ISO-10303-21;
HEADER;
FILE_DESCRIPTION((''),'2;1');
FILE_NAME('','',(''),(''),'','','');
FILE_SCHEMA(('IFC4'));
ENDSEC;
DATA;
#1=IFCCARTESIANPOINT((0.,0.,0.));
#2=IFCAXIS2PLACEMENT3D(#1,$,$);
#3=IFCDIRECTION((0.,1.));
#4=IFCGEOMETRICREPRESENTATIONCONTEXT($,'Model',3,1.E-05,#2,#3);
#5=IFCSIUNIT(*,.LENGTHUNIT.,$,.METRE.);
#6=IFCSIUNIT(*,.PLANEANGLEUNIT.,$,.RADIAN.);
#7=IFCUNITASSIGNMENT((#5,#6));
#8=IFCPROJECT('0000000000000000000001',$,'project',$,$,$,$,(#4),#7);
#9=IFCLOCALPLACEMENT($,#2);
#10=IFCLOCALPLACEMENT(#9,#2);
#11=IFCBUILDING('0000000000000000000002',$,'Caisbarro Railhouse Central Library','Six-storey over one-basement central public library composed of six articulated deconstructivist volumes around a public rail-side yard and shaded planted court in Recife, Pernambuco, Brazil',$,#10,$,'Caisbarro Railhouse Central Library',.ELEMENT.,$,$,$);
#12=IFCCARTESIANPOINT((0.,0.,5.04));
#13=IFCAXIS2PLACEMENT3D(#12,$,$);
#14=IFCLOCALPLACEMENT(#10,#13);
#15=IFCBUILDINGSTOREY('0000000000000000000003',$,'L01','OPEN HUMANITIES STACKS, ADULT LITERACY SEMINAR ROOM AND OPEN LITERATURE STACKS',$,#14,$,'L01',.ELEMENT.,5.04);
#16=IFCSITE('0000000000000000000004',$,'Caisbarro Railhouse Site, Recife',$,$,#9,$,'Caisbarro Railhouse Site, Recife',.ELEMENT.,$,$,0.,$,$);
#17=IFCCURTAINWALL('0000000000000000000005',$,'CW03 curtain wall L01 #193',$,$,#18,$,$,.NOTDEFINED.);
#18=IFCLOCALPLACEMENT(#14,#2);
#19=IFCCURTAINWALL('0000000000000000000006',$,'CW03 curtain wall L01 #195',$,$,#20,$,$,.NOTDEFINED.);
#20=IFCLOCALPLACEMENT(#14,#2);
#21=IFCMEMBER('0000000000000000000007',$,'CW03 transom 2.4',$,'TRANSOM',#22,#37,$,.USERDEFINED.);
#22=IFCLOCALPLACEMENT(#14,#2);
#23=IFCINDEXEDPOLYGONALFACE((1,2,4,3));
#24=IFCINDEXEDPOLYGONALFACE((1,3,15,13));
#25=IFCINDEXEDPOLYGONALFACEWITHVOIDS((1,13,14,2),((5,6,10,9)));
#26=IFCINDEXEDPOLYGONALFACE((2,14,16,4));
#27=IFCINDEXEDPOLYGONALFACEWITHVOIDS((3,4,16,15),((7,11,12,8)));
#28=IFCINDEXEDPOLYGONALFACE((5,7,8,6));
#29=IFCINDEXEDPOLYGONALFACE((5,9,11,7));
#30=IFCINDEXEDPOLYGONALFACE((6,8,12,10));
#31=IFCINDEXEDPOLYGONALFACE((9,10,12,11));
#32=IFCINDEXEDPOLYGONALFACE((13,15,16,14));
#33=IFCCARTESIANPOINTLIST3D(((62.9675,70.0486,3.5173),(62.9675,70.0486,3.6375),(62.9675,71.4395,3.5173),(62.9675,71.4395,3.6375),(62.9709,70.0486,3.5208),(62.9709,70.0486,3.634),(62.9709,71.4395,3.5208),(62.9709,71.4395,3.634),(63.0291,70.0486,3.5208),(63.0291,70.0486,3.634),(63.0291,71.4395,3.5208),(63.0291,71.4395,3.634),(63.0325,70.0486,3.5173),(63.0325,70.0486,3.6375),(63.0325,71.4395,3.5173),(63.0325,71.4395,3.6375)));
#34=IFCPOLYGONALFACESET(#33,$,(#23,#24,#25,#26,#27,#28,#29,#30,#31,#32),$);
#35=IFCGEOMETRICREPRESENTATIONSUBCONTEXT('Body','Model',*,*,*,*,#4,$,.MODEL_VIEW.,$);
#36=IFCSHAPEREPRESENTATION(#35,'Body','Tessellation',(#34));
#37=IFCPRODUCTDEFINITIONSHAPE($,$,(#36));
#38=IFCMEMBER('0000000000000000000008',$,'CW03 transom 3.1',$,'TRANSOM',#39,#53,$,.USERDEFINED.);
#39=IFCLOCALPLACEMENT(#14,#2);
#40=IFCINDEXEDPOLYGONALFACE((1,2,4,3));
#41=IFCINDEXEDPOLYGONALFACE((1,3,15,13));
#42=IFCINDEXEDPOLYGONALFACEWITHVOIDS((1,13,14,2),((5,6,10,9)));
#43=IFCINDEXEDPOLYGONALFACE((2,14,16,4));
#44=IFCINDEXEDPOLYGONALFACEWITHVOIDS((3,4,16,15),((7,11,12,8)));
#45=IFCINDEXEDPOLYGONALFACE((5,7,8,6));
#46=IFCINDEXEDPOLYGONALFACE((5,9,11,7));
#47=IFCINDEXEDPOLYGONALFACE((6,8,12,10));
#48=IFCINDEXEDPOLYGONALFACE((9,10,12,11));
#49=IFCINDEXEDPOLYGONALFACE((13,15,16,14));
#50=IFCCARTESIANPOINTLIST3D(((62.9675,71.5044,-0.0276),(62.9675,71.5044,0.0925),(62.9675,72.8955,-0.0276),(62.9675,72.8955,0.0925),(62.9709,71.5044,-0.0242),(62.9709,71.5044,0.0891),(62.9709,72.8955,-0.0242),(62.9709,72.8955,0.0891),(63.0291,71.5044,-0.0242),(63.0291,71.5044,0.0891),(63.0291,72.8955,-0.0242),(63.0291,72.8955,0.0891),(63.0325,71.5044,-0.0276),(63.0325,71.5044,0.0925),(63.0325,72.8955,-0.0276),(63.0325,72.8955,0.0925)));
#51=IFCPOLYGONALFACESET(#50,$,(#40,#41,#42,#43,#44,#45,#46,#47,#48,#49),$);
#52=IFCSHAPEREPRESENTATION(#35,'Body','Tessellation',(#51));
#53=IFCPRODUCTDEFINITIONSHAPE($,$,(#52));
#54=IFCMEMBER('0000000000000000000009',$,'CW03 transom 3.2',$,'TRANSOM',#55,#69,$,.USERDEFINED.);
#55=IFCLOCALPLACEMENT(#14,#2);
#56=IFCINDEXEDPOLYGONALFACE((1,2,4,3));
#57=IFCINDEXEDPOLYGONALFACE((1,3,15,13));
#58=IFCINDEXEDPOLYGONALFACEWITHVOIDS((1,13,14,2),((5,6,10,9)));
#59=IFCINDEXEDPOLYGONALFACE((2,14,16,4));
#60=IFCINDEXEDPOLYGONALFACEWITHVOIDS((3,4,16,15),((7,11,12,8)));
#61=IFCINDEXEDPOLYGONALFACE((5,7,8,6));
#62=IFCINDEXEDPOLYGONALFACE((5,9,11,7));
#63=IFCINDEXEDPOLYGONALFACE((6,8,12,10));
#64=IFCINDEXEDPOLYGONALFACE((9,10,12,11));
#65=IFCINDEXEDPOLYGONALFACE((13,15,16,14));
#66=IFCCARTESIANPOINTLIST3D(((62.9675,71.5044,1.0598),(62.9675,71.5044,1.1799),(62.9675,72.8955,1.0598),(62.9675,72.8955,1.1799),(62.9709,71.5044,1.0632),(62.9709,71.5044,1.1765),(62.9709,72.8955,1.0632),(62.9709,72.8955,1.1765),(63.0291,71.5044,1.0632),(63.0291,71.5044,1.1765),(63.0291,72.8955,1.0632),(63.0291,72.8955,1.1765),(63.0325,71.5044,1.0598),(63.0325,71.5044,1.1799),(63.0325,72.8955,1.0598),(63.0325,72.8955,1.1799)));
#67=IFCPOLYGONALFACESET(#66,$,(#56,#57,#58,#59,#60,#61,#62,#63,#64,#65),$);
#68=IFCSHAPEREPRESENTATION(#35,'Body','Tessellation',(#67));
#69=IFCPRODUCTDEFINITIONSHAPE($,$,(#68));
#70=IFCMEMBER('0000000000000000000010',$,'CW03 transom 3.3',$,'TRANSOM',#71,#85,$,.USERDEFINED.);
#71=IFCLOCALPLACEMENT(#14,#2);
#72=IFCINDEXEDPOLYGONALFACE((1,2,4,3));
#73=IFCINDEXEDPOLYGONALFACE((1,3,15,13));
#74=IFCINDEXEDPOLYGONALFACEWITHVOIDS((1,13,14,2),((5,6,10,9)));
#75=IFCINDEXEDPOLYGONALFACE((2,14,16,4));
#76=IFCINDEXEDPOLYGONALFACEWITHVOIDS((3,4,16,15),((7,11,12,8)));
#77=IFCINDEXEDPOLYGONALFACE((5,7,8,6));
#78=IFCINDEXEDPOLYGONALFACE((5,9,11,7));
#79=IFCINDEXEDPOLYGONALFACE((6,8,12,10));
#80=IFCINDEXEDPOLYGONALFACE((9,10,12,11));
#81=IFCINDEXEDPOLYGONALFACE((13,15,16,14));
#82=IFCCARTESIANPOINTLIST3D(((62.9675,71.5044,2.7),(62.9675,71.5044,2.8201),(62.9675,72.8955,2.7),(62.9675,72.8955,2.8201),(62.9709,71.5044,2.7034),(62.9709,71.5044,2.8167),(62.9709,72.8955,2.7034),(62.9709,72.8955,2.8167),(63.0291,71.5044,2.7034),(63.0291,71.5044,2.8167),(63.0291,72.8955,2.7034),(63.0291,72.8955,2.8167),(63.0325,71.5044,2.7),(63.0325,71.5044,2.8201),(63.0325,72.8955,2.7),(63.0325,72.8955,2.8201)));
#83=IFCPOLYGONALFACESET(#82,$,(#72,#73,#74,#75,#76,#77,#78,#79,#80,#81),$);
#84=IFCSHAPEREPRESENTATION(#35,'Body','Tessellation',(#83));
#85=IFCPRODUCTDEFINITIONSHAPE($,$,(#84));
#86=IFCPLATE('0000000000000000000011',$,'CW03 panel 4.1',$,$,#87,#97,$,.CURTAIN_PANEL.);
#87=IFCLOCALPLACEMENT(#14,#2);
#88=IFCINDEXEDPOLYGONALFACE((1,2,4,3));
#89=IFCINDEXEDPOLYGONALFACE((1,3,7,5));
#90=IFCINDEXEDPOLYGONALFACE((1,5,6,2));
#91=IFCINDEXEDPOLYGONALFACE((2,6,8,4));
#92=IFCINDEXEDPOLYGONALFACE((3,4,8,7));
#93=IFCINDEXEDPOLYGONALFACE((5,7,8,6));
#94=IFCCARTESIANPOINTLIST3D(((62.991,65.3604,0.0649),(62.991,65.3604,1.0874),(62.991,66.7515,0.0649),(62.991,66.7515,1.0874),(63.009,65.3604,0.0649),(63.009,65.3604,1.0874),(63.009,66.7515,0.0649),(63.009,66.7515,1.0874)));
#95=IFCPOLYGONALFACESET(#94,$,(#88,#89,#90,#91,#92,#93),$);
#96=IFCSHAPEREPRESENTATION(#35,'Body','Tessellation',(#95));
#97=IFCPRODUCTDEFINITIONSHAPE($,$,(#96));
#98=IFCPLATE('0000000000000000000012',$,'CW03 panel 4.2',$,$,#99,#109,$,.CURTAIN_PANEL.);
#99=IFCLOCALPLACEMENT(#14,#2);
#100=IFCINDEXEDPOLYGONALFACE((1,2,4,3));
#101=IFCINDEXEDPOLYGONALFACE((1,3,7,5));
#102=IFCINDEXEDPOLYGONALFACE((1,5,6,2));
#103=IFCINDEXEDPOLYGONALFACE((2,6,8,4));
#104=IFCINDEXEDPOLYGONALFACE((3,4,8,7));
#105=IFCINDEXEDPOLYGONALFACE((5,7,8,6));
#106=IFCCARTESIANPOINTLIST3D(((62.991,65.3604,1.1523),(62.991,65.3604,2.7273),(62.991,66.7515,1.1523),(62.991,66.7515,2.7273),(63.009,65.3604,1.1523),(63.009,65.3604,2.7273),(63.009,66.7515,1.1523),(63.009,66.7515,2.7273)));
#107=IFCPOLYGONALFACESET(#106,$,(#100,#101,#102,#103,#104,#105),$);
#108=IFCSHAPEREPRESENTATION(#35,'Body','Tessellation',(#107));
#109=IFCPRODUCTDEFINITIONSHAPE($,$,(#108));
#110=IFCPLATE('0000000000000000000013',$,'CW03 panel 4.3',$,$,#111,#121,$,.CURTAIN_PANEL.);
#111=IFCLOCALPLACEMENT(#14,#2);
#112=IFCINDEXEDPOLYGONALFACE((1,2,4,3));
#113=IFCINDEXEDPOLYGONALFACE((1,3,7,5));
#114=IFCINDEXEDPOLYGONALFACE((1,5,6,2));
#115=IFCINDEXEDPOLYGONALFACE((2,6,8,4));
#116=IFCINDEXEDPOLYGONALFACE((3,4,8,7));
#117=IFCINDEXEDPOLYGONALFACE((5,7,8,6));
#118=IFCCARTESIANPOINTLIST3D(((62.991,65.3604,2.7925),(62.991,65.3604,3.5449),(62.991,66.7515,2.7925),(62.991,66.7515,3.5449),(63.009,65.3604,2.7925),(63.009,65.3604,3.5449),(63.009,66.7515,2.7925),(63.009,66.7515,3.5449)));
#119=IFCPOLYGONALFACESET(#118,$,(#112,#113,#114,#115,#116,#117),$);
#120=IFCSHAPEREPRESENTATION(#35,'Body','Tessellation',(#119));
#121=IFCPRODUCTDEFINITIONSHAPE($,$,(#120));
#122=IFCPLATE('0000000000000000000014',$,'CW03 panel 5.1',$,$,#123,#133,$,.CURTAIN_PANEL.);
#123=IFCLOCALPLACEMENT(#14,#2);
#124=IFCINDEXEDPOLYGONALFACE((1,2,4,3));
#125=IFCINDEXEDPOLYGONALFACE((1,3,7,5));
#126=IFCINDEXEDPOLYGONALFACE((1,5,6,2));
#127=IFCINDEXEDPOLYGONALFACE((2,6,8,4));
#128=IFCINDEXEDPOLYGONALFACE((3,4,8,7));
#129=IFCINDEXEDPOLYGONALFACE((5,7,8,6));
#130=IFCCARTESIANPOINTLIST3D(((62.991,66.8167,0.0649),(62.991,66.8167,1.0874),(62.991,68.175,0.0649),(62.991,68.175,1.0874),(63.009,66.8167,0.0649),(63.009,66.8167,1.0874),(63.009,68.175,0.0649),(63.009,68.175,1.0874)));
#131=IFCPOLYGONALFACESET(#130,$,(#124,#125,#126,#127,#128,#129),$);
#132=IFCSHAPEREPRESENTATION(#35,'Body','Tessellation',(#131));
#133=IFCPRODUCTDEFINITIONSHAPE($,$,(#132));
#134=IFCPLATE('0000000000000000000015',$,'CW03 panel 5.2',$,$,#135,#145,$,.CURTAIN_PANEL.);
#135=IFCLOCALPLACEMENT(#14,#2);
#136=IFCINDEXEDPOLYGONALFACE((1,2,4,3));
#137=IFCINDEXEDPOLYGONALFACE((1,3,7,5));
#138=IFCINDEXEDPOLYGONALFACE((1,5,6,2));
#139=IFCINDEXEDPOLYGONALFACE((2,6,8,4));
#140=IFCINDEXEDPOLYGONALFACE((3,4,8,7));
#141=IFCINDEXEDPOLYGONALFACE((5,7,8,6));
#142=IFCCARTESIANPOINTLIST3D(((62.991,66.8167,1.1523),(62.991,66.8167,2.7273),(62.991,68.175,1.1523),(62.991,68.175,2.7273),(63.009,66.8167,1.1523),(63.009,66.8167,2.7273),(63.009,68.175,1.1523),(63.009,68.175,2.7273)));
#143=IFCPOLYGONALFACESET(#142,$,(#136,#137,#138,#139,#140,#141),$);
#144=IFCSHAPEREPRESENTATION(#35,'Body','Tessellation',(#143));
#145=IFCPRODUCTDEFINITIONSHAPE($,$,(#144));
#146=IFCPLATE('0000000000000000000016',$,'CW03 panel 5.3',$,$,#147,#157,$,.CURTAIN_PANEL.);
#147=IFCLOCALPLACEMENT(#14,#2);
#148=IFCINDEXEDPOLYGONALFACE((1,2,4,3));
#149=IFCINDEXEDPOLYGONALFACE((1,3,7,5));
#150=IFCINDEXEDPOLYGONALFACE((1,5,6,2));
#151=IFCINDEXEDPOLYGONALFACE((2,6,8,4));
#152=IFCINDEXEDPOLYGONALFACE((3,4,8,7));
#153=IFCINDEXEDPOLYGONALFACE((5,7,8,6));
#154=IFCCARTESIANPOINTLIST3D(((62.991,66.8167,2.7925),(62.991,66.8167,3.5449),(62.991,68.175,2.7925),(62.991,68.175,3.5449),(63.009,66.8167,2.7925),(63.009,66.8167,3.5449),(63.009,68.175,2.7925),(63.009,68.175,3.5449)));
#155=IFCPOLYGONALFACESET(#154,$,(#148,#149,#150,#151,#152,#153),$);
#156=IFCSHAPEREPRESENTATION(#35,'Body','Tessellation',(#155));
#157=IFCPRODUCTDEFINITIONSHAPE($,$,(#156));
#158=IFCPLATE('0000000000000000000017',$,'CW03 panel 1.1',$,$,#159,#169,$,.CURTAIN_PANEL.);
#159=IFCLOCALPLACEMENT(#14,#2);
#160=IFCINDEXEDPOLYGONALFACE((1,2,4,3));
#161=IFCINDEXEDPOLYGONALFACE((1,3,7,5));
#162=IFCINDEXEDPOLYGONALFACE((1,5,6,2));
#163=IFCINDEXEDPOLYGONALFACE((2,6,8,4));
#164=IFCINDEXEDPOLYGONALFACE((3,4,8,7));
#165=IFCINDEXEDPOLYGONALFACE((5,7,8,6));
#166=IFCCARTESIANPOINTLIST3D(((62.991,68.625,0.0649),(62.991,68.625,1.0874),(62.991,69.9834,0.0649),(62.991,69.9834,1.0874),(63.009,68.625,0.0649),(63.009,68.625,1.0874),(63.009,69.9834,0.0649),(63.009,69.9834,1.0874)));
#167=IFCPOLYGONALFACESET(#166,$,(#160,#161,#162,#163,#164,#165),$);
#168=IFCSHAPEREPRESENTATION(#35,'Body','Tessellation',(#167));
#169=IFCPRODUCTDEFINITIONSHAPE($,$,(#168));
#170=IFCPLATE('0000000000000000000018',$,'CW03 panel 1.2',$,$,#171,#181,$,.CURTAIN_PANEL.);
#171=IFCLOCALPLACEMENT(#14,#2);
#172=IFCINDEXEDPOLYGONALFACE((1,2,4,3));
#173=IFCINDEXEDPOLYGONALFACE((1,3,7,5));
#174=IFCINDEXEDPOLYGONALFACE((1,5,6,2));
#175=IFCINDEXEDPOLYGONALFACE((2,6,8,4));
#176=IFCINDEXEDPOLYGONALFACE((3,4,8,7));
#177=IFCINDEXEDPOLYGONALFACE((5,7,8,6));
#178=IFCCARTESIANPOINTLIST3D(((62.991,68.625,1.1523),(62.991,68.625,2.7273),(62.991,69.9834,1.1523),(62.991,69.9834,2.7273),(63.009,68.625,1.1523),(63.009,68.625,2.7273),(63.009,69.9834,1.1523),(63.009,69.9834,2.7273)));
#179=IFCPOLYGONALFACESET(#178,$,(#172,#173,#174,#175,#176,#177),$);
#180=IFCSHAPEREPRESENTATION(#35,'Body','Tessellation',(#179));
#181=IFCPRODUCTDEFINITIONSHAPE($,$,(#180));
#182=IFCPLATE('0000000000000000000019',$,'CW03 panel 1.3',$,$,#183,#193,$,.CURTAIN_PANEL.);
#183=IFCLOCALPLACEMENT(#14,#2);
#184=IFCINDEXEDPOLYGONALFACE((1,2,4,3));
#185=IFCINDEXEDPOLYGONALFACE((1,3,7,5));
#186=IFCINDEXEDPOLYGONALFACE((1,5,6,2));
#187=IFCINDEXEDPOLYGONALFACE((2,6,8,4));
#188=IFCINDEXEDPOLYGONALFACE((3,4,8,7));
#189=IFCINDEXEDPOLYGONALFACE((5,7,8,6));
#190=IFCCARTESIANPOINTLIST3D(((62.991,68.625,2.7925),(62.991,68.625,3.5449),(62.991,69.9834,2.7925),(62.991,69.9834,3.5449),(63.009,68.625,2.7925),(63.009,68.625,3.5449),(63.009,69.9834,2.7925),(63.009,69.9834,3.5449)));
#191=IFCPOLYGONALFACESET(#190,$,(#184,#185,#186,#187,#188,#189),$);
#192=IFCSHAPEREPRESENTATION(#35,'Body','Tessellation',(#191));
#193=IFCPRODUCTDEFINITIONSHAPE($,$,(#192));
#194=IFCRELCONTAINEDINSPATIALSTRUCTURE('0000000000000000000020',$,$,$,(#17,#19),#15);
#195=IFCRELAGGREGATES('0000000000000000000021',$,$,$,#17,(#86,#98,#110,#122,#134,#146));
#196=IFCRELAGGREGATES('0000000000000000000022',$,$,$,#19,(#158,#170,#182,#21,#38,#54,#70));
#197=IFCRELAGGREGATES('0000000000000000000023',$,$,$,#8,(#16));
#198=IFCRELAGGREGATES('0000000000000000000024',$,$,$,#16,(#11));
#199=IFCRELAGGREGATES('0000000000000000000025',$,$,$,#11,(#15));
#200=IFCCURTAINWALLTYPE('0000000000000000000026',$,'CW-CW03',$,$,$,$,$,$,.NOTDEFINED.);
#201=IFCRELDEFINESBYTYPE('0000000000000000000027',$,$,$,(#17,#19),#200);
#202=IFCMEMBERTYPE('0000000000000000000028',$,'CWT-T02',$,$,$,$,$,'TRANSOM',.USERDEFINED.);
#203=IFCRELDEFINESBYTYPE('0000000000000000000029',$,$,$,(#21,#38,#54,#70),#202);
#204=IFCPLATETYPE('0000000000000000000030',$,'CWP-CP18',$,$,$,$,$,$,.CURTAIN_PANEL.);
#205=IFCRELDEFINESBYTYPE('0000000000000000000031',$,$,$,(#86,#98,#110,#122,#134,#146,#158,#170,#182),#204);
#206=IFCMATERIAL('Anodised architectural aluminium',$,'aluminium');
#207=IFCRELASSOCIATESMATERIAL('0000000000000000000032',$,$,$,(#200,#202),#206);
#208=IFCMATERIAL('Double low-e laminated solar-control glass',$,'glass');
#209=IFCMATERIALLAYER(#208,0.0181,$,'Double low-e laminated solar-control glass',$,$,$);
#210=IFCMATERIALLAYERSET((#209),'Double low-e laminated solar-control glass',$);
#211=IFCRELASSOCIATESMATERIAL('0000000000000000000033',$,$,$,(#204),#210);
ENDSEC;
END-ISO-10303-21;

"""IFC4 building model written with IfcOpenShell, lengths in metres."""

from ifc_helpers import new_model, si_unit, direction, frame, origin, origin_2d, place, context, subcontext, project, spatial, rectangle, hollow_rectangle, extrude, material, layer, layer_set, material_profile, profile_set, type_object, element, aggregate, save


model = new_model("IFC4")

# Units and contexts
model_context = context("Model", 3, precision=1e-05, world=origin(), true_north=direction((0.0, 1.0)))
body_context = subcontext(model_context, "Body", "Model", "MODEL_VIEW")
ifc_project = project(units=[si_unit("LENGTHUNIT", "METRE"), si_unit("PLANEANGLEUNIT", "RADIAN")], contexts=[model_context])

# Site, building, storey
site_placement = place(None, origin())
site = spatial("IfcSite", under=ifc_project, at=site_placement, Name="Caisbarro Railhouse Site, Recife", LongName="Caisbarro Railhouse Site, Recife", CompositionType="ELEMENT", RefElevation=0.0)
building_placement = place(site_placement, origin())
building = spatial("IfcBuilding", under=site, at=building_placement, Name="Caisbarro Railhouse Central Library", Description="Six-storey over one-basement central public library composed of six articulated deconstructivist volumes around a public rail-side yard and shaded planted court in Recife, Pernambuco, Brazil", LongName="Caisbarro Railhouse Central Library", CompositionType="ELEMENT")
storey_placement = place(building_placement, frame((0.0, 0.0, 5.04)))
storey = spatial("IfcBuildingStorey", under=building, at=storey_placement, Name="L01", Description="OPEN HUMANITIES STACKS, ADULT LITERACY SEMINAR ROOM AND OPEN LITERATURE STACKS", LongName="L01", CompositionType="ELEMENT", Elevation=5.04)

# Curtain walls
ifc_material_1 = material(Name="Anodised architectural aluminium", Category="aluminium")
curtain_wall_type = type_object("IfcCurtainWallType", Name="CW-CW03", PredefinedType="NOTDEFINED", material=ifc_material_1)
curtain_wall_1_placement = place(storey_placement, origin())
curtain_wall_1 = element("IfcCurtainWall", 1, at=curtain_wall_1_placement, inside=storey, type_object=curtain_wall_type, Name="CW03 curtain wall L01 #193", PredefinedType="NOTDEFINED")
curtain_wall_2_placement = place(storey_placement, origin())
curtain_wall_2 = element("IfcCurtainWall", 2, at=curtain_wall_2_placement, inside=storey, type_object=curtain_wall_type, Name="CW03 curtain wall L01 #195", PredefinedType="NOTDEFINED")

# Members
ifc_material_profile_1 = material_profile(ifc_material_1, hollow_rectangle(XDim=0.0649, YDim=0.1201, WallThickness=0.0034, at=origin_2d()), Name="ALU-TRN-65X120")
ifc_profile_set_1 = profile_set([ifc_material_profile_1], Name="Anodised architectural aluminium")
member_type_1 = type_object("IfcMemberType", Name="CWT-T02", ElementType="TRANSOM", PredefinedType="USERDEFINED", material=ifc_profile_set_1)
member_1_placement = place(storey_placement, frame((63.0, 70.0486, 3.5774), z_axis=(0.0, 1.0, 0.0), x_axis=(-1.0, 0.0, 0.0)))
member_1 = element("IfcMember", 3, at=member_1_placement, type_object=member_type_1, Name="CW03 transom 2.4", ObjectType="TRANSOM", PredefinedType="USERDEFINED", context=body_context, shape_type="SweptSolid", body=[
    extrude(hollow_rectangle(XDim=0.0649, YDim=0.1201, WallThickness=0.0034, at=origin_2d()), origin(), (0.0, 0.0, 1.0), 1.3909),
])
member_2_placement = place(storey_placement, frame((63.0, 71.5044, 0.0325), z_axis=(0.0, 1.0, 0.0), x_axis=(-1.0, 0.0, 0.0)))
member_2 = element("IfcMember", 4, at=member_2_placement, type_object=member_type_1, Name="CW03 transom 3.1", ObjectType="TRANSOM", PredefinedType="USERDEFINED", context=body_context, shape_type="SweptSolid", body=[
    extrude(hollow_rectangle(XDim=0.0649, YDim=0.1201, WallThickness=0.0034, at=origin_2d()), origin(), (0.0, 0.0, 1.0), 1.3911),
])
member_3_placement = place(storey_placement, frame((63.0, 71.5044, 1.1199), z_axis=(0.0, 1.0, 0.0), x_axis=(-1.0, 0.0, 0.0)))
member_3 = element("IfcMember", 5, at=member_3_placement, type_object=member_type_1, Name="CW03 transom 3.2", ObjectType="TRANSOM", PredefinedType="USERDEFINED", context=body_context, shape_type="SweptSolid", body=[
    extrude(hollow_rectangle(XDim=0.0649, YDim=0.1201, WallThickness=0.0034, at=origin_2d()), origin(), (0.0, 0.0, 1.0), 1.3911),
])
member_4_placement = place(storey_placement, frame((63.0, 71.5044, 2.76), z_axis=(0.0, 1.0, 0.0), x_axis=(-1.0, 0.0, 0.0)))
member_4 = element("IfcMember", 6, at=member_4_placement, type_object=member_type_1, Name="CW03 transom 3.3", ObjectType="TRANSOM", PredefinedType="USERDEFINED", context=body_context, shape_type="SweptSolid", body=[
    extrude(hollow_rectangle(XDim=0.0649, YDim=0.1201, WallThickness=0.0034, at=origin_2d()), origin(), (0.0, 0.0, 1.0), 1.3911),
])

# Plates
ifc_material_2 = material(Name="Double low-e laminated solar-control glass", Category="glass")
ifc_layer = layer(ifc_material_2, 0.0181, Name="Double low-e laminated solar-control glass")
ifc_layer_set = layer_set([ifc_layer], Name="Double low-e laminated solar-control glass")
plate_type = type_object("IfcPlateType", Name="CWP-CP18", PredefinedType="CURTAIN_PANEL", material=ifc_layer_set)
plate_1_placement = place(storey_placement, frame((63.0, 66.0559, 0.0649), z_axis=(0.0, 0.0, 1.0), x_axis=(0.0, 1.0, 0.0)))
plate_1 = element("IfcPlate", 7, at=plate_1_placement, type_object=plate_type, Name="CW03 panel 4.1", PredefinedType="CURTAIN_PANEL", context=body_context, shape_type="SweptSolid", body=[
    extrude(rectangle(XDim=1.3911, YDim=0.0181, at=origin_2d()), origin(), (0.0, 0.0, 1.0), 1.0225),
])
plate_2_placement = place(storey_placement, frame((63.0, 66.0559, 1.1523), z_axis=(0.0, 0.0, 1.0), x_axis=(0.0, 1.0, 0.0)))
plate_2 = element("IfcPlate", 8, at=plate_2_placement, type_object=plate_type, Name="CW03 panel 4.2", PredefinedType="CURTAIN_PANEL", context=body_context, shape_type="SweptSolid", body=[
    extrude(rectangle(XDim=1.3911, YDim=0.0181, at=origin_2d()), origin(), (0.0, 0.0, 1.0), 1.575),
])
plate_3_placement = place(storey_placement, frame((63.0, 66.0559, 2.7925), z_axis=(0.0, 0.0, 1.0), x_axis=(0.0, 1.0, 0.0)))
plate_3 = element("IfcPlate", 9, at=plate_3_placement, type_object=plate_type, Name="CW03 panel 4.3", PredefinedType="CURTAIN_PANEL", context=body_context, shape_type="SweptSolid", body=[
    extrude(rectangle(XDim=1.3911, YDim=0.0181, at=origin_2d()), origin(), (0.0, 0.0, 1.0), 0.7524),
])
plate_4_placement = place(storey_placement, frame((63.0, 67.4958, 0.0649), z_axis=(0.0, 0.0, 1.0), x_axis=(0.0, 1.0, 0.0)))
plate_4 = element("IfcPlate", 10, at=plate_4_placement, type_object=plate_type, Name="CW03 panel 5.1", PredefinedType="CURTAIN_PANEL", context=body_context, shape_type="SweptSolid", body=[
    extrude(rectangle(XDim=1.3584, YDim=0.0181, at=origin_2d()), origin(), (0.0, 0.0, 1.0), 1.0225),
])
plate_5_placement = place(storey_placement, frame((63.0, 67.4958, 1.1523), z_axis=(0.0, 0.0, 1.0), x_axis=(0.0, 1.0, 0.0)))
plate_5 = element("IfcPlate", 11, at=plate_5_placement, type_object=plate_type, Name="CW03 panel 5.2", PredefinedType="CURTAIN_PANEL", context=body_context, shape_type="SweptSolid", body=[
    extrude(rectangle(XDim=1.3584, YDim=0.0181, at=origin_2d()), origin(), (0.0, 0.0, 1.0), 1.575),
])
plate_6_placement = place(storey_placement, frame((63.0, 67.4958, 2.7925), z_axis=(0.0, 0.0, 1.0), x_axis=(0.0, 1.0, 0.0)))
plate_6 = element("IfcPlate", 12, at=plate_6_placement, type_object=plate_type, Name="CW03 panel 5.3", PredefinedType="CURTAIN_PANEL", context=body_context, shape_type="SweptSolid", body=[
    extrude(rectangle(XDim=1.3584, YDim=0.0181, at=origin_2d()), origin(), (0.0, 0.0, 1.0), 0.7524),
])
aggregate(curtain_wall_1, [plate_1, plate_2, plate_3, plate_4, plate_5, plate_6])
plate_7_placement = place(storey_placement, frame((63.0, 69.3042, 0.0649), z_axis=(0.0, 0.0, 1.0), x_axis=(0.0, 1.0, 0.0)))
plate_7 = element("IfcPlate", 13, at=plate_7_placement, type_object=plate_type, Name="CW03 panel 1.1", PredefinedType="CURTAIN_PANEL", context=body_context, shape_type="SweptSolid", body=[
    extrude(rectangle(XDim=1.3584, YDim=0.0181, at=origin_2d()), origin(), (0.0, 0.0, 1.0), 1.0225),
])
plate_8_placement = place(storey_placement, frame((63.0, 69.3042, 1.1523), z_axis=(0.0, 0.0, 1.0), x_axis=(0.0, 1.0, 0.0)))
plate_8 = element("IfcPlate", 14, at=plate_8_placement, type_object=plate_type, Name="CW03 panel 1.2", PredefinedType="CURTAIN_PANEL", context=body_context, shape_type="SweptSolid", body=[
    extrude(rectangle(XDim=1.3584, YDim=0.0181, at=origin_2d()), origin(), (0.0, 0.0, 1.0), 1.575),
])
plate_9_placement = place(storey_placement, frame((63.0, 69.3042, 2.7925), z_axis=(0.0, 0.0, 1.0), x_axis=(0.0, 1.0, 0.0)))
plate_9 = element("IfcPlate", 15, at=plate_9_placement, type_object=plate_type, Name="CW03 panel 1.3", PredefinedType="CURTAIN_PANEL", context=body_context, shape_type="SweptSolid", body=[
    extrude(rectangle(XDim=1.3584, YDim=0.0181, at=origin_2d()), origin(), (0.0, 0.0, 1.0), 0.7524),
])
aggregate(curtain_wall_2, [plate_7, plate_8, plate_9, member_1, member_2, member_3, member_4])

save(model, "model.ifc")
